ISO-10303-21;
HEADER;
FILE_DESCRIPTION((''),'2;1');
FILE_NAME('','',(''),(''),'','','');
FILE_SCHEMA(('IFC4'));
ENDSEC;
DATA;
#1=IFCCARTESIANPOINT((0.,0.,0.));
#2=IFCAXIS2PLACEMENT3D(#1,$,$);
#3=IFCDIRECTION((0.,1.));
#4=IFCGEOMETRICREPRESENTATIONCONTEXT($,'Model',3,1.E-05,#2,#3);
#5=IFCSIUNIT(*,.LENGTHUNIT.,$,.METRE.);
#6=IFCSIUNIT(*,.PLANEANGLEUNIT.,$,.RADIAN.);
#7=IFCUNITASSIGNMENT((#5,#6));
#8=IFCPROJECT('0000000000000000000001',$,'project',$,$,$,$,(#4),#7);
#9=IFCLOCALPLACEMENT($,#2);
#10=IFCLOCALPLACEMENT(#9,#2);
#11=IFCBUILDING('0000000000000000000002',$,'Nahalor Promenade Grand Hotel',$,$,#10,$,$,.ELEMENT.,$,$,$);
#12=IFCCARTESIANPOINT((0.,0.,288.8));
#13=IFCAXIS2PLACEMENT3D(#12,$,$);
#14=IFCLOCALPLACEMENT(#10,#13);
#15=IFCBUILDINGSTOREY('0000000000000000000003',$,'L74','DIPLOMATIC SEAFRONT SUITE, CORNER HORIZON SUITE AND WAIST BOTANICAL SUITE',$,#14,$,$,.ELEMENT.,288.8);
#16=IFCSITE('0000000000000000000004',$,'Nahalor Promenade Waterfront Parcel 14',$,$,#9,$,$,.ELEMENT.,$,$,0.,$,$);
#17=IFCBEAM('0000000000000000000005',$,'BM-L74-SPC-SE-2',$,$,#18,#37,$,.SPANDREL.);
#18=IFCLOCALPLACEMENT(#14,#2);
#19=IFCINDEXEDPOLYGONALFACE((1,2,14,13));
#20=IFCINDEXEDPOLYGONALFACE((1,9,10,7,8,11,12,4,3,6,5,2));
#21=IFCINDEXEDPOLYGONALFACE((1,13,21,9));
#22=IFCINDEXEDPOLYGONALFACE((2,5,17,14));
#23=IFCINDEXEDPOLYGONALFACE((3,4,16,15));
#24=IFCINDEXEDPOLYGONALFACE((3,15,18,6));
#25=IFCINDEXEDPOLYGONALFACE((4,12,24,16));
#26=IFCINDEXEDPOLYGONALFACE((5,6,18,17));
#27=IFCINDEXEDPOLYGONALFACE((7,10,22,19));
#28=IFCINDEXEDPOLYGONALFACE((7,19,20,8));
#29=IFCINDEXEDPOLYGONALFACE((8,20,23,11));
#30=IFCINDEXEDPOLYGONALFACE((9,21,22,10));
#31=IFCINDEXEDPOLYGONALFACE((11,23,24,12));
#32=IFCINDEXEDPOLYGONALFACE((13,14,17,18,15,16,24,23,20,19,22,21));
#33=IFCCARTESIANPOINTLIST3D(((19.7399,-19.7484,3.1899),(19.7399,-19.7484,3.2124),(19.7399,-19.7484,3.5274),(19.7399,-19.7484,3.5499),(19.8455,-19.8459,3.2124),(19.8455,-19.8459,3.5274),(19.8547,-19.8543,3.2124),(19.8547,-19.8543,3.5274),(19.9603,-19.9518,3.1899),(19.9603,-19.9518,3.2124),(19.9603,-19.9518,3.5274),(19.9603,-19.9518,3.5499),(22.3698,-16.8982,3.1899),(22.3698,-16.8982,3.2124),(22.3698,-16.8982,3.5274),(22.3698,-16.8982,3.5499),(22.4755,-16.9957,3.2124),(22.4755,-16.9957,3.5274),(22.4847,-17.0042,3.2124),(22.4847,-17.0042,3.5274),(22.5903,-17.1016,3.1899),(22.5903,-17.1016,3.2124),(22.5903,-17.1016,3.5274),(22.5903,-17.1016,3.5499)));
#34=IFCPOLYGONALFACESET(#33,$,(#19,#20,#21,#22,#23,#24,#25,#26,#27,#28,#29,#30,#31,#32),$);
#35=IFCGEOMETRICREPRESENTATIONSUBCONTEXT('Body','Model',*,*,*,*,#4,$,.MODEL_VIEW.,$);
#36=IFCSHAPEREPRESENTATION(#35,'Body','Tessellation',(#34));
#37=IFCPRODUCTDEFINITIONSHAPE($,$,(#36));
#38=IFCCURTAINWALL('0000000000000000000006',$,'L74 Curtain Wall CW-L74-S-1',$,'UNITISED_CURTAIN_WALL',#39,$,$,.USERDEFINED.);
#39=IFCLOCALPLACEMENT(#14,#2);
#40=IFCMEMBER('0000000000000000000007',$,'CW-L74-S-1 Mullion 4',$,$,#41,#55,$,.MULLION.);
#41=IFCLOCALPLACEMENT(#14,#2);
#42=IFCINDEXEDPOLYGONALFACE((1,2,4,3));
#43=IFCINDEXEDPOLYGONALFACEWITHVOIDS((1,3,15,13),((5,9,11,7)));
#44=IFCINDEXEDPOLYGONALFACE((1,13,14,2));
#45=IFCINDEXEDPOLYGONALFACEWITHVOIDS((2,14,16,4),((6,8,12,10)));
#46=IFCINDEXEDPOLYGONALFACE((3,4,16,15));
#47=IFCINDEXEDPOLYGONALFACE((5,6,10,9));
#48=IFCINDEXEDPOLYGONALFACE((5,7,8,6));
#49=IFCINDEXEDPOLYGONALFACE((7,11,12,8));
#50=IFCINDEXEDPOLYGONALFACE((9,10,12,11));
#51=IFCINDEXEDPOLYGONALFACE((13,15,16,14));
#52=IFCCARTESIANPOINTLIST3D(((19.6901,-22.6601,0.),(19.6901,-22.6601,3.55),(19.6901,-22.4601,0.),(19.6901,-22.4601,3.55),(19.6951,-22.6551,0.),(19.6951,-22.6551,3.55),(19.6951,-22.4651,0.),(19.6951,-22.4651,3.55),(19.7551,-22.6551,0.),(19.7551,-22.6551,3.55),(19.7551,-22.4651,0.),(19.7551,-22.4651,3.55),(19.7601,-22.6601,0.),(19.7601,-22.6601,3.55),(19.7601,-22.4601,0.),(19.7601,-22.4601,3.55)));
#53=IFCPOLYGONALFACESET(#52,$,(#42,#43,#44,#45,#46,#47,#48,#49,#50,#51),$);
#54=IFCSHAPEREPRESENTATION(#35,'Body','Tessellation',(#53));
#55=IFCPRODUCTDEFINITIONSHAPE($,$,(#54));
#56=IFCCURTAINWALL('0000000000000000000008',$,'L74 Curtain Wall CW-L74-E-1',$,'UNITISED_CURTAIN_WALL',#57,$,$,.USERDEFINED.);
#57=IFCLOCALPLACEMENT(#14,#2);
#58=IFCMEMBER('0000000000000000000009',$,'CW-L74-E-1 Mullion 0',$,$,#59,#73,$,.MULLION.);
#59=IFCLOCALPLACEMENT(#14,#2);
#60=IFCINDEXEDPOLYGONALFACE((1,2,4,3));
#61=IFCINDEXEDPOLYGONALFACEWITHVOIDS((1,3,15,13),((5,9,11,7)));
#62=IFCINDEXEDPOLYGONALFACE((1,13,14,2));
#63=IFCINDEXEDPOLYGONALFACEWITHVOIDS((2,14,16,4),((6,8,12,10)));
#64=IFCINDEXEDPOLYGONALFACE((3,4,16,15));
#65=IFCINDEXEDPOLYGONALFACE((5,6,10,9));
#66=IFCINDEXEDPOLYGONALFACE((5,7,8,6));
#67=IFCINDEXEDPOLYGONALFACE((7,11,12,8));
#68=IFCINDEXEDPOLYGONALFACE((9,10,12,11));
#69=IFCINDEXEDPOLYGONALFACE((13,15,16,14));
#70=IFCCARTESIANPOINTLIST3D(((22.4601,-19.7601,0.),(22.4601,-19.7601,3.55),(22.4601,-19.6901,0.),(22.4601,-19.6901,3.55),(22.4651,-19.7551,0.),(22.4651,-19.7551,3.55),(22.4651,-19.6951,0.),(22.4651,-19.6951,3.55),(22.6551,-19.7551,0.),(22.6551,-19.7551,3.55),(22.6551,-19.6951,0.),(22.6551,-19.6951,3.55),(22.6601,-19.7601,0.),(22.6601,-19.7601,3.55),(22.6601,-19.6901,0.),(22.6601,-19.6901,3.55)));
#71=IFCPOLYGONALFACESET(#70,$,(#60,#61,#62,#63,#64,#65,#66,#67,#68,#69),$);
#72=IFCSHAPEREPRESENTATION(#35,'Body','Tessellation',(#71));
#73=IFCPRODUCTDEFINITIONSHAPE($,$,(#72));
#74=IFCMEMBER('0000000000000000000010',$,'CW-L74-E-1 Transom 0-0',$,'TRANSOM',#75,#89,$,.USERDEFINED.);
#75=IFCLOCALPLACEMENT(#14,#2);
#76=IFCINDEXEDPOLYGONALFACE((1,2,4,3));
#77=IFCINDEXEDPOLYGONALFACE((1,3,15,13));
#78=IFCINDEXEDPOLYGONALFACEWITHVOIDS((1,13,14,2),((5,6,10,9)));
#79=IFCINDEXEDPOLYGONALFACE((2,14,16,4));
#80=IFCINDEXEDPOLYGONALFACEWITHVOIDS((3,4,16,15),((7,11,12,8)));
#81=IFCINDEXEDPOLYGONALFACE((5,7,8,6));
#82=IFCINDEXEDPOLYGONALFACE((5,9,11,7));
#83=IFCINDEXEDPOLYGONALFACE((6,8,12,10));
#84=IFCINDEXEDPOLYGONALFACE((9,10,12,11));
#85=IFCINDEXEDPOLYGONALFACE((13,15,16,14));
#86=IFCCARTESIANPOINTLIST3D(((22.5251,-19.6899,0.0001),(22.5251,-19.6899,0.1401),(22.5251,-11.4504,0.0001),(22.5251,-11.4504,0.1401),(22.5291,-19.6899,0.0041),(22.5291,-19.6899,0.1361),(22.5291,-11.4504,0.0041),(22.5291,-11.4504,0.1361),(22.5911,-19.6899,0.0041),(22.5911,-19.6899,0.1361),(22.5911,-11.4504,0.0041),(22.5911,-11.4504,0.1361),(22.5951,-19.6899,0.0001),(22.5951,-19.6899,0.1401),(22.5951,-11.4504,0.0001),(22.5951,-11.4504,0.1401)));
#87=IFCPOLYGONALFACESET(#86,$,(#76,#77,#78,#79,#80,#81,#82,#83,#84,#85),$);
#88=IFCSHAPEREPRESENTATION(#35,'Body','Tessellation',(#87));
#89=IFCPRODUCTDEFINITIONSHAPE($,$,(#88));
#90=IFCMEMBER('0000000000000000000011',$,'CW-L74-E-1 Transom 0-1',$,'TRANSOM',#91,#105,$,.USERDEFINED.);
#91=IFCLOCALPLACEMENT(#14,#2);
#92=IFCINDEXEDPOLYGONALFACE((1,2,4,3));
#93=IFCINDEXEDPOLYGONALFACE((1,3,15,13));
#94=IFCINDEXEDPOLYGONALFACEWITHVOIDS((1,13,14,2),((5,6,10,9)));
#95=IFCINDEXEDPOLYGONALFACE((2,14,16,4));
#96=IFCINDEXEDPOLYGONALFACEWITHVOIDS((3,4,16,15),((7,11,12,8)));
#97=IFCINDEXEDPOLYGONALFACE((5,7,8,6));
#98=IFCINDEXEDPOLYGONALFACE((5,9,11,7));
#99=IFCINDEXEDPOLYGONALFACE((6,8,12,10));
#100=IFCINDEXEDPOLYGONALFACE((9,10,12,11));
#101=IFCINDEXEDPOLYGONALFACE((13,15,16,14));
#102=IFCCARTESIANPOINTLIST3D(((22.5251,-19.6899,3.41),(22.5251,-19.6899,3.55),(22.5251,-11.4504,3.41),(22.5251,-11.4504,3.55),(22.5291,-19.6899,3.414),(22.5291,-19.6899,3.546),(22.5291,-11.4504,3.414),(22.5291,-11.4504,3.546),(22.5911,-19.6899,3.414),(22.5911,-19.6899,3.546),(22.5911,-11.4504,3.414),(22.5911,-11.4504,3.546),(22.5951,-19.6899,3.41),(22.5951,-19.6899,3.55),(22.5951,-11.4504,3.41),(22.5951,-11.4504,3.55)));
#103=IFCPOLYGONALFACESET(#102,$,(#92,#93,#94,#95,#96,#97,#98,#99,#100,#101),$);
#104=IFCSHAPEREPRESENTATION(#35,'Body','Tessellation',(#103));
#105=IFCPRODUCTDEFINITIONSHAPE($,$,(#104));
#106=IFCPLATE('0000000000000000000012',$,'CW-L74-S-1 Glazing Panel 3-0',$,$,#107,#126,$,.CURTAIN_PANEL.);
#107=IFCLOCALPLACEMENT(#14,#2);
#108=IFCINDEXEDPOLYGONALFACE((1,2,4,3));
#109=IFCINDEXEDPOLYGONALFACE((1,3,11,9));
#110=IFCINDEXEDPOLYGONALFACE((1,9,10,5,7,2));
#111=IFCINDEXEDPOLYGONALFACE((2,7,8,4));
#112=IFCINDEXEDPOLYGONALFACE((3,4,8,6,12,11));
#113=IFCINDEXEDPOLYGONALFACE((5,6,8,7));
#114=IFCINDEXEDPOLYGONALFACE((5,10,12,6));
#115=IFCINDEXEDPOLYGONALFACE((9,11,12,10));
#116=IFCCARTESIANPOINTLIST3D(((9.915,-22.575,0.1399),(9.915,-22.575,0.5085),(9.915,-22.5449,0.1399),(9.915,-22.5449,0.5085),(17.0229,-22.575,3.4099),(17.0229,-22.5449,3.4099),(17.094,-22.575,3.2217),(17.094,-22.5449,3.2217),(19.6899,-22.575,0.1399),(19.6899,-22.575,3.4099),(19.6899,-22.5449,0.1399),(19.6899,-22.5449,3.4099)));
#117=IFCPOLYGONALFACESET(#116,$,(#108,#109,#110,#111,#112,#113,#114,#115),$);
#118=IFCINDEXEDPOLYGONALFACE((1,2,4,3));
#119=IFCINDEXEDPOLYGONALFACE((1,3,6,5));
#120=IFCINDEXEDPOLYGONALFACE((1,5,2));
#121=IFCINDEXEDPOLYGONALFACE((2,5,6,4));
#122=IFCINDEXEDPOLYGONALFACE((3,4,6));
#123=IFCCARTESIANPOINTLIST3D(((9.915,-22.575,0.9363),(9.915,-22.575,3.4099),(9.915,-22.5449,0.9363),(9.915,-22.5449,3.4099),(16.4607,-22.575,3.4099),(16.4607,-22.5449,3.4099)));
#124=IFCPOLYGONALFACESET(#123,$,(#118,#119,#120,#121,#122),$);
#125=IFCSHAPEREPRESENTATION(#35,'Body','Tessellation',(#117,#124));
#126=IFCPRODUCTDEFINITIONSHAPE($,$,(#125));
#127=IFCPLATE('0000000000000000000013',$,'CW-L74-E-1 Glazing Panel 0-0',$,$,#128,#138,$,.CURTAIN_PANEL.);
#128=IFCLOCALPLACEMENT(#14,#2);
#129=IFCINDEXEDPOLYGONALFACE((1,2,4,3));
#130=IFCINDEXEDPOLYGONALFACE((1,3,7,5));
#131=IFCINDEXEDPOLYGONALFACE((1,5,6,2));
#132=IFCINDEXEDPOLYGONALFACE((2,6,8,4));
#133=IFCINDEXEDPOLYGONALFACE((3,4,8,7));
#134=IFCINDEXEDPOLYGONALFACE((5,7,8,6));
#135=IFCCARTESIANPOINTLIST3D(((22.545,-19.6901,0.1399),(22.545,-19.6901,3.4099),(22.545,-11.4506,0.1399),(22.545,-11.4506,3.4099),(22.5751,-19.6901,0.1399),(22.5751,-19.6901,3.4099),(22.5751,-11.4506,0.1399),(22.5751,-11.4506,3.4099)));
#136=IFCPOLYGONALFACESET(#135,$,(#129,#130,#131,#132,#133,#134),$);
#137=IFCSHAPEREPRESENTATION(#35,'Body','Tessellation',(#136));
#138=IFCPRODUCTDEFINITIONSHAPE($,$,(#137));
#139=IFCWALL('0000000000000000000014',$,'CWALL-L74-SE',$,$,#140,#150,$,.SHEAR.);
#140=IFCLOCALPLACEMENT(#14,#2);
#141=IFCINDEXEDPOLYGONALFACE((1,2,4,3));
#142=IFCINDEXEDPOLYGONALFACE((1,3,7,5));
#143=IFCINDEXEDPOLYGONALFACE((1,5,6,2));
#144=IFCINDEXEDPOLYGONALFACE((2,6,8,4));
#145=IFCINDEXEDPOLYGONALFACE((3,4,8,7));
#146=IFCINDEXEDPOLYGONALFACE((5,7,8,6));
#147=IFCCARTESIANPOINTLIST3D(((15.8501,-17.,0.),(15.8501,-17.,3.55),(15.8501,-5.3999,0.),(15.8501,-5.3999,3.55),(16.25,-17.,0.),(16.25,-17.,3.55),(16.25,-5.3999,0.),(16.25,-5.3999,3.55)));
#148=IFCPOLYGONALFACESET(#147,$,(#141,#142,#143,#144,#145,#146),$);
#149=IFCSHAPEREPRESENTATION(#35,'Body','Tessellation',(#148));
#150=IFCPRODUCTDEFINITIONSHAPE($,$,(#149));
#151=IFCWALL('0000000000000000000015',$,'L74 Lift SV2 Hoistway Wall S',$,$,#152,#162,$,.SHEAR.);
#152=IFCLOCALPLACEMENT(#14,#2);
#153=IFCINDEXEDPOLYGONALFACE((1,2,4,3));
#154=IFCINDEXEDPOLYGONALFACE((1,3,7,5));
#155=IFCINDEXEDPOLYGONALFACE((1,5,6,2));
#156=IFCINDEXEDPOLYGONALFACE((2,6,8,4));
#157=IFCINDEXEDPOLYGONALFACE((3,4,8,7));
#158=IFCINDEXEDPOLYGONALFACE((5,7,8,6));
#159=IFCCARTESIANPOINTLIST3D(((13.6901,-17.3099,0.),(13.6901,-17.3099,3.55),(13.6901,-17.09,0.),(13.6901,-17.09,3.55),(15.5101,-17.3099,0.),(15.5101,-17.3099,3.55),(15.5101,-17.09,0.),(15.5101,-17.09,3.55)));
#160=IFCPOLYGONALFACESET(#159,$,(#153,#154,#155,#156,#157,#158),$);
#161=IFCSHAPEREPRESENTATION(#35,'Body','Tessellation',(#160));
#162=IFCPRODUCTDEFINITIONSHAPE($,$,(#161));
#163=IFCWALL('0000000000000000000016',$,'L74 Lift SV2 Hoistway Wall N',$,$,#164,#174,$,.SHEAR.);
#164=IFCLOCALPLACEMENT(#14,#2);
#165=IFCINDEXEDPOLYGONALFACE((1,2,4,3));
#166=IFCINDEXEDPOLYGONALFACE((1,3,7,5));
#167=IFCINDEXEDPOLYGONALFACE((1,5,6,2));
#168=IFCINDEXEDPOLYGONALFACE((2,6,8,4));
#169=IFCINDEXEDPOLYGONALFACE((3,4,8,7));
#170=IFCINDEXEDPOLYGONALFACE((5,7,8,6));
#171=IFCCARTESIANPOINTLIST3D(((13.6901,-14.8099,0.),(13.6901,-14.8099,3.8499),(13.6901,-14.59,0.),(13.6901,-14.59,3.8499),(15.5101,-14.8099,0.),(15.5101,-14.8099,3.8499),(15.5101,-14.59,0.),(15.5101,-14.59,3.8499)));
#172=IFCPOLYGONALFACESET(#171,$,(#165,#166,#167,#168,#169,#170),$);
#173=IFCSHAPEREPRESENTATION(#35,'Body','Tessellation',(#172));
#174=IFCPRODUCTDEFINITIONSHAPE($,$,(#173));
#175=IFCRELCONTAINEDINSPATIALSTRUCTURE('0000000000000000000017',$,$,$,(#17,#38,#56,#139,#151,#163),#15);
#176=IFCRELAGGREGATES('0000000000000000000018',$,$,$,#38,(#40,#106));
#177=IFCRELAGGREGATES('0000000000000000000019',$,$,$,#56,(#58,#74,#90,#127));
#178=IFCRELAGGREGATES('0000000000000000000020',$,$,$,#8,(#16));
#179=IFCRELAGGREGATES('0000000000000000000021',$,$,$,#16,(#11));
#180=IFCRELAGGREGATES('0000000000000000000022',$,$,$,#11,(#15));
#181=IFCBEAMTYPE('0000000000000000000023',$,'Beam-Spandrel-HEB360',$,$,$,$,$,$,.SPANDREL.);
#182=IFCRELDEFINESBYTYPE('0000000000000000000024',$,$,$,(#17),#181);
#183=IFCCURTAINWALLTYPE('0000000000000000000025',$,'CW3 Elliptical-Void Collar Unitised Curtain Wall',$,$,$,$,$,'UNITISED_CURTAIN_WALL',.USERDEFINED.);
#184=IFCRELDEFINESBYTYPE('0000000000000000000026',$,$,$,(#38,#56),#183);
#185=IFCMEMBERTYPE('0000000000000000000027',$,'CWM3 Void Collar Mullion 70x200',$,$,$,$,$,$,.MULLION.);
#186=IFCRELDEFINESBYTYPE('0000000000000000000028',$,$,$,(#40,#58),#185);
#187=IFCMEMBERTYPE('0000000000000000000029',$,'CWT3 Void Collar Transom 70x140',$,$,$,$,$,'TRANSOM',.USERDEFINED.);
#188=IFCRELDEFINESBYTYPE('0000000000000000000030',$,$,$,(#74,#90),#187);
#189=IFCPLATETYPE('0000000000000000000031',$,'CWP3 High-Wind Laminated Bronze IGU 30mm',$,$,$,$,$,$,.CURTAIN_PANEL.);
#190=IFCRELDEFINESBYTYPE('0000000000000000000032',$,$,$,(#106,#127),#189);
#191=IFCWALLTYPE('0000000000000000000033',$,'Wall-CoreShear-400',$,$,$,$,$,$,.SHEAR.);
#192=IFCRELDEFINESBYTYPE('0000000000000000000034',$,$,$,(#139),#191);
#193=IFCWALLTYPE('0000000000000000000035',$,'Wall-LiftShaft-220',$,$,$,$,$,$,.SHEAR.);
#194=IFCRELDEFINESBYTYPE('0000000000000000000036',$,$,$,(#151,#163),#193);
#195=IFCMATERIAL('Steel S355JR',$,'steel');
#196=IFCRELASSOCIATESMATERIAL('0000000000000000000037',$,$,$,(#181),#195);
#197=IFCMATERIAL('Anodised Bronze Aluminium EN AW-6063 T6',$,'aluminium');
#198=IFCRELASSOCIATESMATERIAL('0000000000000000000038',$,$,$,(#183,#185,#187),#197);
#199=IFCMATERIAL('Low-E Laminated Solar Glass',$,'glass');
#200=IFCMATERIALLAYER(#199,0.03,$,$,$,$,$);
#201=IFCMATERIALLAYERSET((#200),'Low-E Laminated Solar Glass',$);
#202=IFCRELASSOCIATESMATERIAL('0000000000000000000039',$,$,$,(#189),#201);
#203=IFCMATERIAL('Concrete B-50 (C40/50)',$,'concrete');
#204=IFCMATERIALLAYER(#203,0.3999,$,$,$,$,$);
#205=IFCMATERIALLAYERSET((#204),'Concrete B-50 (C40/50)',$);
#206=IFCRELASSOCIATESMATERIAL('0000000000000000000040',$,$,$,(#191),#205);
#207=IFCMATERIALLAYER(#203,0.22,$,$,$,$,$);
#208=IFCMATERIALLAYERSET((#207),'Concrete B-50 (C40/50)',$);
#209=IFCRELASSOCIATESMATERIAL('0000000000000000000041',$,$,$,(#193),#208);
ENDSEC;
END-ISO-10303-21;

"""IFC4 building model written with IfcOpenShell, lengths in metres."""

from ifc_helpers import new_model, si_unit, direction, frame, frame_2d, origin, origin_2d, place, context, subcontext, project, spatial, polyline, rectangle, hollow_rectangle, i_section, outline, extrude, source, transform, mapped, material, layer, layer_set, material_profile, profile_set, type_object, element, aggregate, save


model = new_model("IFC4")

# Units and contexts
model_context = context("Model", 3, precision=1e-05, world=origin(), true_north=direction((0.0, 1.0)))
body_context = subcontext(model_context, "Body", "Model", "MODEL_VIEW")
ifc_project = project(units=[si_unit("LENGTHUNIT", "METRE"), si_unit("PLANEANGLEUNIT", "RADIAN")], contexts=[model_context])

# Site, building, storey
site_placement = place(None, origin())
site = spatial("IfcSite", under=ifc_project, at=site_placement, Name="Nahalor Promenade Waterfront Parcel 14", CompositionType="ELEMENT", RefElevation=0.0)
building_placement = place(site_placement, origin())
building = spatial("IfcBuilding", under=site, at=building_placement, Name="Nahalor Promenade Grand Hotel", CompositionType="ELEMENT")
storey_placement = place(building_placement, frame((0.0, 0.0, 288.8)))
storey = spatial("IfcBuildingStorey", under=building, at=storey_placement, Name="L74", Description="DIPLOMATIC SEAFRONT SUITE, CORNER HORIZON SUITE AND WAIST BOTANICAL SUITE", CompositionType="ELEMENT", Elevation=288.8)

# Shared definitions
ifc_material_1 = material(Name="Concrete B-50 (C40/50)", Category="concrete")
ifc_material_2 = material(Name="Steel S355JR", Category="steel")

# Beam
ifc_material_profile_1 = material_profile(ifc_material_2, i_section(OverallWidth=0.3, OverallDepth=0.36, WebThickness=0.0125, FlangeThickness=0.0225, at=origin_2d()), Name="HEB 360")
ifc_profile_set_1 = profile_set([ifc_material_profile_1], Name="Steel S355JR")
beam_type_1 = type_object("IfcBeamType", Name="Beam-Spandrel-HEB360", PredefinedType="SPANDREL", material=ifc_profile_set_1)
shared_shape_1 = source(origin(), body_context, "Body", "SweptSolid", [
    extrude(i_section(OverallWidth=0.3, OverallDepth=0.36, WebThickness=0.0125, FlangeThickness=0.0225, at=origin_2d()), origin(), (0.0, 0.0, 1.0), 3.8782),
])
for number, where, z_axis, x_axis, name in (
    (1, (19.8501, -19.8501, 3.3699), (0.678144, 0.734929, 0.0), (-0.734929, 0.678144, 0.0), "BM-L74-SPC-SE-2"),
):
    element("IfcBeam", number, at=place(storey_placement, frame(where, z_axis=z_axis, x_axis=x_axis)), inside=storey, type_object=beam_type_1, Name=name, PredefinedType="SPANDREL", context=body_context, shape_type="MappedRepresentation", body=[
        mapped(shared_shape_1, transform((0.0, 0.0, 0.0), scale=1.0)),
    ])

# Curtain wall, member
ifc_material_3 = material(Name="Anodised Bronze Aluminium EN AW-6063 T6", Category="aluminium")
curtain_wall_type = type_object("IfcCurtainWallType", Name="CW3 Elliptical-Void Collar Unitised Curtain Wall", ElementType="UNITISED_CURTAIN_WALL", PredefinedType="USERDEFINED", material=ifc_material_3)
curtain_wall_1_placement = place(storey_placement, origin())
curtain_wall_1 = element("IfcCurtainWall", 2, at=curtain_wall_1_placement, inside=storey, type_object=curtain_wall_type, Name="L74 Curtain Wall CW-L74-S-1", ObjectType="UNITISED_CURTAIN_WALL", PredefinedType="USERDEFINED")
ifc_material_profile_2 = material_profile(ifc_material_3, hollow_rectangle(XDim=0.07, YDim=0.2, WallThickness=0.005, at=origin_2d()), Name="CWM 70x200x5")
ifc_profile_set_2 = profile_set([ifc_material_profile_2], Name="Anodised Bronze Aluminium EN AW-6063 T6")
member_type_1 = type_object("IfcMemberType", Name="CWM3 Void Collar Mullion 70x200", PredefinedType="MULLION", material=ifc_profile_set_2)
shared_shape_2 = source(origin(), body_context, "Body", "SweptSolid", [
    extrude(hollow_rectangle(XDim=0.07, YDim=0.2, WallThickness=0.005, at=origin_2d()), origin(), (0.0, 0.0, 1.0), 3.55),
])
member_1_placement = place(storey_placement, frame((19.7251, -22.5601, 0.0), z_axis=(0.0, 0.0, 1.0), x_axis=(1.0, 0.0, 0.0)))
member_1 = element("IfcMember", 3, at=member_1_placement, type_object=member_type_1, Name="CW-L74-S-1 Mullion 4", PredefinedType="MULLION", context=body_context, shape_type="MappedRepresentation", body=[
    mapped(shared_shape_2, transform((0.0, 0.0, 0.0), scale=1.0)),
])

# Curtain wall, members
curtain_wall_2_placement = place(storey_placement, origin())
curtain_wall_2 = element("IfcCurtainWall", 4, at=curtain_wall_2_placement, inside=storey, type_object=curtain_wall_type, Name="L74 Curtain Wall CW-L74-E-1", ObjectType="UNITISED_CURTAIN_WALL", PredefinedType="USERDEFINED")
member_2_placement = place(storey_placement, frame((22.5601, -19.7251, 0.0), z_axis=(0.0, 0.0, 1.0), x_axis=(0.0, 1.0, 0.0)))
member_2 = element("IfcMember", 5, at=member_2_placement, type_object=member_type_1, Name="CW-L74-E-1 Mullion 0", PredefinedType="MULLION", context=body_context, shape_type="MappedRepresentation", body=[
    mapped(shared_shape_2, transform((0.0, 0.0, 0.0), scale=1.0)),
])
ifc_material_profile_3 = material_profile(ifc_material_3, hollow_rectangle(XDim=0.07, YDim=0.14, WallThickness=0.004, at=origin_2d()), Name="CWT 70x140x4")
ifc_profile_set_3 = profile_set([ifc_material_profile_3], Name="Anodised Bronze Aluminium EN AW-6063 T6")
member_type_2 = type_object("IfcMemberType", Name="CWT3 Void Collar Transom 70x140", ElementType="TRANSOM", PredefinedType="USERDEFINED", material=ifc_profile_set_3)
shared_shape_3 = source(origin(), body_context, "Body", "SweptSolid", [
    extrude(hollow_rectangle(XDim=0.07, YDim=0.14, WallThickness=0.004, at=origin_2d()), origin(), (0.0, 0.0, 1.0), 8.2395),
])
member_3_placement = place(storey_placement, frame((22.5601, -19.6899, 0.0701), z_axis=(0.0, 1.0, 0.0), x_axis=(-1.0, 0.0, 0.0)))
member_3 = element("IfcMember", 6, at=member_3_placement, type_object=member_type_2, Name="CW-L74-E-1 Transom 0-0", ObjectType="TRANSOM", PredefinedType="USERDEFINED", context=body_context, shape_type="MappedRepresentation", body=[
    mapped(shared_shape_3, transform((0.0, 0.0, 0.0), scale=1.0)),
])
member_4_placement = place(storey_placement, frame((22.5601, -19.6899, 3.48), z_axis=(0.0, 1.0, 0.0), x_axis=(-1.0, 0.0, 0.0)))
member_4 = element("IfcMember", 7, at=member_4_placement, type_object=member_type_2, Name="CW-L74-E-1 Transom 0-1", ObjectType="TRANSOM", PredefinedType="USERDEFINED", context=body_context, shape_type="MappedRepresentation", body=[
    mapped(shared_shape_3, transform((0.0, 0.0, 0.0), scale=1.0)),
])

# Plates
ifc_material_4 = material(Name="Low-E Laminated Solar Glass", Category="glass")
ifc_layer_1 = layer(ifc_material_4, 0.03)
ifc_layer_set_1 = layer_set([ifc_layer_1], Name="Low-E Laminated Solar Glass")
plate_type = type_object("IfcPlateType", Name="CWP3 High-Wind Laminated Bronze IGU 30mm", PredefinedType="CURTAIN_PANEL", material=ifc_layer_set_1)
plate_1_placement = place(storey_placement, frame((14.8025, -22.5601, 0.1399), z_axis=(0.0, 0.0, 1.0), x_axis=(1.0, 0.0, 0.0)))
plate_1 = element("IfcPlate", 8, at=plate_1_placement, type_object=plate_type, Name="CW-L74-S-1 Glazing Panel 3-0", PredefinedType="CURTAIN_PANEL", context=body_context, shape_type="SweptSolid", body=[
    extrude(outline(polyline([(4.8875, 0.0), (4.8875, 3.27), (2.2205, 3.27), (2.2915, 3.0818), (-4.8875, 0.3687), (-4.8875, 0.0), (4.8875, 0.0)])), frame((0.0, 0.0151, 0.0), z_axis=(0.0, -1.0, 0.0), x_axis=(1.0, 0.0, 0.0)), (0.0, 0.0, 1.0), 0.03),
    extrude(outline(polyline([(1.6582, 3.27), (-4.8875, 3.27), (-4.8875, 0.7964), (1.6582, 3.27)])), frame((0.0, 0.0151, 0.0), z_axis=(0.0, -1.0, 0.0), x_axis=(1.0, 0.0, 0.0)), (0.0, 0.0, 1.0), 0.03),
])
aggregate(curtain_wall_1, [member_1, plate_1])
shared_shape_4 = source(origin(), body_context, "Body", "SweptSolid", [
    extrude(rectangle(XDim=8.2395, YDim=0.03, at=origin_2d()), origin(), (0.0, 0.0, 1.0), 3.27),
])
plate_2_placement = place(storey_placement, frame((22.5601, -15.5703, 0.1399), z_axis=(0.0, 0.0, 1.0), x_axis=(0.0, 1.0, 0.0)))
plate_2 = element("IfcPlate", 9, at=plate_2_placement, type_object=plate_type, Name="CW-L74-E-1 Glazing Panel 0-0", PredefinedType="CURTAIN_PANEL", context=body_context, shape_type="MappedRepresentation", body=[
    mapped(shared_shape_4, transform((0.0, 0.0, 0.0), scale=1.0)),
])
aggregate(curtain_wall_2, [member_2, member_3, member_4, plate_2])

# Walls
ifc_layer_2 = layer(ifc_material_1, 0.3999)
ifc_layer_set_2 = layer_set([ifc_layer_2], Name="Concrete B-50 (C40/50)")
wall_type_1 = type_object("IfcWallType", Name="Wall-CoreShear-400", PredefinedType="SHEAR", material=ifc_layer_set_2)
shared_shape_5 = source(origin(), body_context, "Body", "SweptSolid", [
    extrude(rectangle(XDim=11.6001, YDim=0.3999, at=frame_2d((5.8, 0.0))), origin(), (0.0, 0.0, 1.0), 3.55),
])
wall_1_placement = place(storey_placement, frame((16.05, -17.0, 0.0), z_axis=(0.0, 0.0, 1.0), x_axis=(0.0, 1.0, 0.0)))
element("IfcWall", 10, at=wall_1_placement, inside=storey, type_object=wall_type_1, Name="CWALL-L74-SE", PredefinedType="SHEAR", context=body_context, shape_type="MappedRepresentation", body=[
    mapped(shared_shape_5, transform((0.0, 0.0, 0.0), scale=1.0)),
])
ifc_layer_3 = layer(ifc_material_1, 0.22)
ifc_layer_set_3 = layer_set([ifc_layer_3], Name="Concrete B-50 (C40/50)")
wall_type_2 = type_object("IfcWallType", Name="Wall-LiftShaft-220", PredefinedType="SHEAR", material=ifc_layer_set_3)
shared_shape_6 = source(origin(), body_context, "Body", "SweptSolid", [
    extrude(rectangle(XDim=1.8201, YDim=0.22, at=frame_2d((0.9102, 0.0))), origin(), (0.0, 0.0, 1.0), 3.55),
])
wall_2_placement = place(storey_placement, frame((13.6899, -17.2, 0.0), z_axis=(0.0, 0.0, 1.0), x_axis=(1.0, 0.0, 0.0)))
element("IfcWall", 11, at=wall_2_placement, inside=storey, type_object=wall_type_2, Name="L74 Lift SV2 Hoistway Wall S", PredefinedType="SHEAR", context=body_context, shape_type="MappedRepresentation", body=[
    mapped(shared_shape_6, transform((0.0, 0.0, 0.0), scale=1.0)),
])
shared_shape_7 = source(origin(), body_context, "Body", "SweptSolid", [
    extrude(rectangle(XDim=1.8201, YDim=0.22, at=frame_2d((0.9102, 0.0))), origin(), (0.0, 0.0, 1.0), 3.8499),
])
wall_3_placement = place(storey_placement, frame((13.6899, -14.7, 0.0), z_axis=(0.0, 0.0, 1.0), x_axis=(1.0, 0.0, 0.0)))
element("IfcWall", 12, at=wall_3_placement, inside=storey, type_object=wall_type_2, Name="L74 Lift SV2 Hoistway Wall N", PredefinedType="SHEAR", context=body_context, shape_type="MappedRepresentation", body=[
    mapped(shared_shape_7, transform((0.0, 0.0, 0.0), scale=1.0)),
])

save(model, "model.ifc")
